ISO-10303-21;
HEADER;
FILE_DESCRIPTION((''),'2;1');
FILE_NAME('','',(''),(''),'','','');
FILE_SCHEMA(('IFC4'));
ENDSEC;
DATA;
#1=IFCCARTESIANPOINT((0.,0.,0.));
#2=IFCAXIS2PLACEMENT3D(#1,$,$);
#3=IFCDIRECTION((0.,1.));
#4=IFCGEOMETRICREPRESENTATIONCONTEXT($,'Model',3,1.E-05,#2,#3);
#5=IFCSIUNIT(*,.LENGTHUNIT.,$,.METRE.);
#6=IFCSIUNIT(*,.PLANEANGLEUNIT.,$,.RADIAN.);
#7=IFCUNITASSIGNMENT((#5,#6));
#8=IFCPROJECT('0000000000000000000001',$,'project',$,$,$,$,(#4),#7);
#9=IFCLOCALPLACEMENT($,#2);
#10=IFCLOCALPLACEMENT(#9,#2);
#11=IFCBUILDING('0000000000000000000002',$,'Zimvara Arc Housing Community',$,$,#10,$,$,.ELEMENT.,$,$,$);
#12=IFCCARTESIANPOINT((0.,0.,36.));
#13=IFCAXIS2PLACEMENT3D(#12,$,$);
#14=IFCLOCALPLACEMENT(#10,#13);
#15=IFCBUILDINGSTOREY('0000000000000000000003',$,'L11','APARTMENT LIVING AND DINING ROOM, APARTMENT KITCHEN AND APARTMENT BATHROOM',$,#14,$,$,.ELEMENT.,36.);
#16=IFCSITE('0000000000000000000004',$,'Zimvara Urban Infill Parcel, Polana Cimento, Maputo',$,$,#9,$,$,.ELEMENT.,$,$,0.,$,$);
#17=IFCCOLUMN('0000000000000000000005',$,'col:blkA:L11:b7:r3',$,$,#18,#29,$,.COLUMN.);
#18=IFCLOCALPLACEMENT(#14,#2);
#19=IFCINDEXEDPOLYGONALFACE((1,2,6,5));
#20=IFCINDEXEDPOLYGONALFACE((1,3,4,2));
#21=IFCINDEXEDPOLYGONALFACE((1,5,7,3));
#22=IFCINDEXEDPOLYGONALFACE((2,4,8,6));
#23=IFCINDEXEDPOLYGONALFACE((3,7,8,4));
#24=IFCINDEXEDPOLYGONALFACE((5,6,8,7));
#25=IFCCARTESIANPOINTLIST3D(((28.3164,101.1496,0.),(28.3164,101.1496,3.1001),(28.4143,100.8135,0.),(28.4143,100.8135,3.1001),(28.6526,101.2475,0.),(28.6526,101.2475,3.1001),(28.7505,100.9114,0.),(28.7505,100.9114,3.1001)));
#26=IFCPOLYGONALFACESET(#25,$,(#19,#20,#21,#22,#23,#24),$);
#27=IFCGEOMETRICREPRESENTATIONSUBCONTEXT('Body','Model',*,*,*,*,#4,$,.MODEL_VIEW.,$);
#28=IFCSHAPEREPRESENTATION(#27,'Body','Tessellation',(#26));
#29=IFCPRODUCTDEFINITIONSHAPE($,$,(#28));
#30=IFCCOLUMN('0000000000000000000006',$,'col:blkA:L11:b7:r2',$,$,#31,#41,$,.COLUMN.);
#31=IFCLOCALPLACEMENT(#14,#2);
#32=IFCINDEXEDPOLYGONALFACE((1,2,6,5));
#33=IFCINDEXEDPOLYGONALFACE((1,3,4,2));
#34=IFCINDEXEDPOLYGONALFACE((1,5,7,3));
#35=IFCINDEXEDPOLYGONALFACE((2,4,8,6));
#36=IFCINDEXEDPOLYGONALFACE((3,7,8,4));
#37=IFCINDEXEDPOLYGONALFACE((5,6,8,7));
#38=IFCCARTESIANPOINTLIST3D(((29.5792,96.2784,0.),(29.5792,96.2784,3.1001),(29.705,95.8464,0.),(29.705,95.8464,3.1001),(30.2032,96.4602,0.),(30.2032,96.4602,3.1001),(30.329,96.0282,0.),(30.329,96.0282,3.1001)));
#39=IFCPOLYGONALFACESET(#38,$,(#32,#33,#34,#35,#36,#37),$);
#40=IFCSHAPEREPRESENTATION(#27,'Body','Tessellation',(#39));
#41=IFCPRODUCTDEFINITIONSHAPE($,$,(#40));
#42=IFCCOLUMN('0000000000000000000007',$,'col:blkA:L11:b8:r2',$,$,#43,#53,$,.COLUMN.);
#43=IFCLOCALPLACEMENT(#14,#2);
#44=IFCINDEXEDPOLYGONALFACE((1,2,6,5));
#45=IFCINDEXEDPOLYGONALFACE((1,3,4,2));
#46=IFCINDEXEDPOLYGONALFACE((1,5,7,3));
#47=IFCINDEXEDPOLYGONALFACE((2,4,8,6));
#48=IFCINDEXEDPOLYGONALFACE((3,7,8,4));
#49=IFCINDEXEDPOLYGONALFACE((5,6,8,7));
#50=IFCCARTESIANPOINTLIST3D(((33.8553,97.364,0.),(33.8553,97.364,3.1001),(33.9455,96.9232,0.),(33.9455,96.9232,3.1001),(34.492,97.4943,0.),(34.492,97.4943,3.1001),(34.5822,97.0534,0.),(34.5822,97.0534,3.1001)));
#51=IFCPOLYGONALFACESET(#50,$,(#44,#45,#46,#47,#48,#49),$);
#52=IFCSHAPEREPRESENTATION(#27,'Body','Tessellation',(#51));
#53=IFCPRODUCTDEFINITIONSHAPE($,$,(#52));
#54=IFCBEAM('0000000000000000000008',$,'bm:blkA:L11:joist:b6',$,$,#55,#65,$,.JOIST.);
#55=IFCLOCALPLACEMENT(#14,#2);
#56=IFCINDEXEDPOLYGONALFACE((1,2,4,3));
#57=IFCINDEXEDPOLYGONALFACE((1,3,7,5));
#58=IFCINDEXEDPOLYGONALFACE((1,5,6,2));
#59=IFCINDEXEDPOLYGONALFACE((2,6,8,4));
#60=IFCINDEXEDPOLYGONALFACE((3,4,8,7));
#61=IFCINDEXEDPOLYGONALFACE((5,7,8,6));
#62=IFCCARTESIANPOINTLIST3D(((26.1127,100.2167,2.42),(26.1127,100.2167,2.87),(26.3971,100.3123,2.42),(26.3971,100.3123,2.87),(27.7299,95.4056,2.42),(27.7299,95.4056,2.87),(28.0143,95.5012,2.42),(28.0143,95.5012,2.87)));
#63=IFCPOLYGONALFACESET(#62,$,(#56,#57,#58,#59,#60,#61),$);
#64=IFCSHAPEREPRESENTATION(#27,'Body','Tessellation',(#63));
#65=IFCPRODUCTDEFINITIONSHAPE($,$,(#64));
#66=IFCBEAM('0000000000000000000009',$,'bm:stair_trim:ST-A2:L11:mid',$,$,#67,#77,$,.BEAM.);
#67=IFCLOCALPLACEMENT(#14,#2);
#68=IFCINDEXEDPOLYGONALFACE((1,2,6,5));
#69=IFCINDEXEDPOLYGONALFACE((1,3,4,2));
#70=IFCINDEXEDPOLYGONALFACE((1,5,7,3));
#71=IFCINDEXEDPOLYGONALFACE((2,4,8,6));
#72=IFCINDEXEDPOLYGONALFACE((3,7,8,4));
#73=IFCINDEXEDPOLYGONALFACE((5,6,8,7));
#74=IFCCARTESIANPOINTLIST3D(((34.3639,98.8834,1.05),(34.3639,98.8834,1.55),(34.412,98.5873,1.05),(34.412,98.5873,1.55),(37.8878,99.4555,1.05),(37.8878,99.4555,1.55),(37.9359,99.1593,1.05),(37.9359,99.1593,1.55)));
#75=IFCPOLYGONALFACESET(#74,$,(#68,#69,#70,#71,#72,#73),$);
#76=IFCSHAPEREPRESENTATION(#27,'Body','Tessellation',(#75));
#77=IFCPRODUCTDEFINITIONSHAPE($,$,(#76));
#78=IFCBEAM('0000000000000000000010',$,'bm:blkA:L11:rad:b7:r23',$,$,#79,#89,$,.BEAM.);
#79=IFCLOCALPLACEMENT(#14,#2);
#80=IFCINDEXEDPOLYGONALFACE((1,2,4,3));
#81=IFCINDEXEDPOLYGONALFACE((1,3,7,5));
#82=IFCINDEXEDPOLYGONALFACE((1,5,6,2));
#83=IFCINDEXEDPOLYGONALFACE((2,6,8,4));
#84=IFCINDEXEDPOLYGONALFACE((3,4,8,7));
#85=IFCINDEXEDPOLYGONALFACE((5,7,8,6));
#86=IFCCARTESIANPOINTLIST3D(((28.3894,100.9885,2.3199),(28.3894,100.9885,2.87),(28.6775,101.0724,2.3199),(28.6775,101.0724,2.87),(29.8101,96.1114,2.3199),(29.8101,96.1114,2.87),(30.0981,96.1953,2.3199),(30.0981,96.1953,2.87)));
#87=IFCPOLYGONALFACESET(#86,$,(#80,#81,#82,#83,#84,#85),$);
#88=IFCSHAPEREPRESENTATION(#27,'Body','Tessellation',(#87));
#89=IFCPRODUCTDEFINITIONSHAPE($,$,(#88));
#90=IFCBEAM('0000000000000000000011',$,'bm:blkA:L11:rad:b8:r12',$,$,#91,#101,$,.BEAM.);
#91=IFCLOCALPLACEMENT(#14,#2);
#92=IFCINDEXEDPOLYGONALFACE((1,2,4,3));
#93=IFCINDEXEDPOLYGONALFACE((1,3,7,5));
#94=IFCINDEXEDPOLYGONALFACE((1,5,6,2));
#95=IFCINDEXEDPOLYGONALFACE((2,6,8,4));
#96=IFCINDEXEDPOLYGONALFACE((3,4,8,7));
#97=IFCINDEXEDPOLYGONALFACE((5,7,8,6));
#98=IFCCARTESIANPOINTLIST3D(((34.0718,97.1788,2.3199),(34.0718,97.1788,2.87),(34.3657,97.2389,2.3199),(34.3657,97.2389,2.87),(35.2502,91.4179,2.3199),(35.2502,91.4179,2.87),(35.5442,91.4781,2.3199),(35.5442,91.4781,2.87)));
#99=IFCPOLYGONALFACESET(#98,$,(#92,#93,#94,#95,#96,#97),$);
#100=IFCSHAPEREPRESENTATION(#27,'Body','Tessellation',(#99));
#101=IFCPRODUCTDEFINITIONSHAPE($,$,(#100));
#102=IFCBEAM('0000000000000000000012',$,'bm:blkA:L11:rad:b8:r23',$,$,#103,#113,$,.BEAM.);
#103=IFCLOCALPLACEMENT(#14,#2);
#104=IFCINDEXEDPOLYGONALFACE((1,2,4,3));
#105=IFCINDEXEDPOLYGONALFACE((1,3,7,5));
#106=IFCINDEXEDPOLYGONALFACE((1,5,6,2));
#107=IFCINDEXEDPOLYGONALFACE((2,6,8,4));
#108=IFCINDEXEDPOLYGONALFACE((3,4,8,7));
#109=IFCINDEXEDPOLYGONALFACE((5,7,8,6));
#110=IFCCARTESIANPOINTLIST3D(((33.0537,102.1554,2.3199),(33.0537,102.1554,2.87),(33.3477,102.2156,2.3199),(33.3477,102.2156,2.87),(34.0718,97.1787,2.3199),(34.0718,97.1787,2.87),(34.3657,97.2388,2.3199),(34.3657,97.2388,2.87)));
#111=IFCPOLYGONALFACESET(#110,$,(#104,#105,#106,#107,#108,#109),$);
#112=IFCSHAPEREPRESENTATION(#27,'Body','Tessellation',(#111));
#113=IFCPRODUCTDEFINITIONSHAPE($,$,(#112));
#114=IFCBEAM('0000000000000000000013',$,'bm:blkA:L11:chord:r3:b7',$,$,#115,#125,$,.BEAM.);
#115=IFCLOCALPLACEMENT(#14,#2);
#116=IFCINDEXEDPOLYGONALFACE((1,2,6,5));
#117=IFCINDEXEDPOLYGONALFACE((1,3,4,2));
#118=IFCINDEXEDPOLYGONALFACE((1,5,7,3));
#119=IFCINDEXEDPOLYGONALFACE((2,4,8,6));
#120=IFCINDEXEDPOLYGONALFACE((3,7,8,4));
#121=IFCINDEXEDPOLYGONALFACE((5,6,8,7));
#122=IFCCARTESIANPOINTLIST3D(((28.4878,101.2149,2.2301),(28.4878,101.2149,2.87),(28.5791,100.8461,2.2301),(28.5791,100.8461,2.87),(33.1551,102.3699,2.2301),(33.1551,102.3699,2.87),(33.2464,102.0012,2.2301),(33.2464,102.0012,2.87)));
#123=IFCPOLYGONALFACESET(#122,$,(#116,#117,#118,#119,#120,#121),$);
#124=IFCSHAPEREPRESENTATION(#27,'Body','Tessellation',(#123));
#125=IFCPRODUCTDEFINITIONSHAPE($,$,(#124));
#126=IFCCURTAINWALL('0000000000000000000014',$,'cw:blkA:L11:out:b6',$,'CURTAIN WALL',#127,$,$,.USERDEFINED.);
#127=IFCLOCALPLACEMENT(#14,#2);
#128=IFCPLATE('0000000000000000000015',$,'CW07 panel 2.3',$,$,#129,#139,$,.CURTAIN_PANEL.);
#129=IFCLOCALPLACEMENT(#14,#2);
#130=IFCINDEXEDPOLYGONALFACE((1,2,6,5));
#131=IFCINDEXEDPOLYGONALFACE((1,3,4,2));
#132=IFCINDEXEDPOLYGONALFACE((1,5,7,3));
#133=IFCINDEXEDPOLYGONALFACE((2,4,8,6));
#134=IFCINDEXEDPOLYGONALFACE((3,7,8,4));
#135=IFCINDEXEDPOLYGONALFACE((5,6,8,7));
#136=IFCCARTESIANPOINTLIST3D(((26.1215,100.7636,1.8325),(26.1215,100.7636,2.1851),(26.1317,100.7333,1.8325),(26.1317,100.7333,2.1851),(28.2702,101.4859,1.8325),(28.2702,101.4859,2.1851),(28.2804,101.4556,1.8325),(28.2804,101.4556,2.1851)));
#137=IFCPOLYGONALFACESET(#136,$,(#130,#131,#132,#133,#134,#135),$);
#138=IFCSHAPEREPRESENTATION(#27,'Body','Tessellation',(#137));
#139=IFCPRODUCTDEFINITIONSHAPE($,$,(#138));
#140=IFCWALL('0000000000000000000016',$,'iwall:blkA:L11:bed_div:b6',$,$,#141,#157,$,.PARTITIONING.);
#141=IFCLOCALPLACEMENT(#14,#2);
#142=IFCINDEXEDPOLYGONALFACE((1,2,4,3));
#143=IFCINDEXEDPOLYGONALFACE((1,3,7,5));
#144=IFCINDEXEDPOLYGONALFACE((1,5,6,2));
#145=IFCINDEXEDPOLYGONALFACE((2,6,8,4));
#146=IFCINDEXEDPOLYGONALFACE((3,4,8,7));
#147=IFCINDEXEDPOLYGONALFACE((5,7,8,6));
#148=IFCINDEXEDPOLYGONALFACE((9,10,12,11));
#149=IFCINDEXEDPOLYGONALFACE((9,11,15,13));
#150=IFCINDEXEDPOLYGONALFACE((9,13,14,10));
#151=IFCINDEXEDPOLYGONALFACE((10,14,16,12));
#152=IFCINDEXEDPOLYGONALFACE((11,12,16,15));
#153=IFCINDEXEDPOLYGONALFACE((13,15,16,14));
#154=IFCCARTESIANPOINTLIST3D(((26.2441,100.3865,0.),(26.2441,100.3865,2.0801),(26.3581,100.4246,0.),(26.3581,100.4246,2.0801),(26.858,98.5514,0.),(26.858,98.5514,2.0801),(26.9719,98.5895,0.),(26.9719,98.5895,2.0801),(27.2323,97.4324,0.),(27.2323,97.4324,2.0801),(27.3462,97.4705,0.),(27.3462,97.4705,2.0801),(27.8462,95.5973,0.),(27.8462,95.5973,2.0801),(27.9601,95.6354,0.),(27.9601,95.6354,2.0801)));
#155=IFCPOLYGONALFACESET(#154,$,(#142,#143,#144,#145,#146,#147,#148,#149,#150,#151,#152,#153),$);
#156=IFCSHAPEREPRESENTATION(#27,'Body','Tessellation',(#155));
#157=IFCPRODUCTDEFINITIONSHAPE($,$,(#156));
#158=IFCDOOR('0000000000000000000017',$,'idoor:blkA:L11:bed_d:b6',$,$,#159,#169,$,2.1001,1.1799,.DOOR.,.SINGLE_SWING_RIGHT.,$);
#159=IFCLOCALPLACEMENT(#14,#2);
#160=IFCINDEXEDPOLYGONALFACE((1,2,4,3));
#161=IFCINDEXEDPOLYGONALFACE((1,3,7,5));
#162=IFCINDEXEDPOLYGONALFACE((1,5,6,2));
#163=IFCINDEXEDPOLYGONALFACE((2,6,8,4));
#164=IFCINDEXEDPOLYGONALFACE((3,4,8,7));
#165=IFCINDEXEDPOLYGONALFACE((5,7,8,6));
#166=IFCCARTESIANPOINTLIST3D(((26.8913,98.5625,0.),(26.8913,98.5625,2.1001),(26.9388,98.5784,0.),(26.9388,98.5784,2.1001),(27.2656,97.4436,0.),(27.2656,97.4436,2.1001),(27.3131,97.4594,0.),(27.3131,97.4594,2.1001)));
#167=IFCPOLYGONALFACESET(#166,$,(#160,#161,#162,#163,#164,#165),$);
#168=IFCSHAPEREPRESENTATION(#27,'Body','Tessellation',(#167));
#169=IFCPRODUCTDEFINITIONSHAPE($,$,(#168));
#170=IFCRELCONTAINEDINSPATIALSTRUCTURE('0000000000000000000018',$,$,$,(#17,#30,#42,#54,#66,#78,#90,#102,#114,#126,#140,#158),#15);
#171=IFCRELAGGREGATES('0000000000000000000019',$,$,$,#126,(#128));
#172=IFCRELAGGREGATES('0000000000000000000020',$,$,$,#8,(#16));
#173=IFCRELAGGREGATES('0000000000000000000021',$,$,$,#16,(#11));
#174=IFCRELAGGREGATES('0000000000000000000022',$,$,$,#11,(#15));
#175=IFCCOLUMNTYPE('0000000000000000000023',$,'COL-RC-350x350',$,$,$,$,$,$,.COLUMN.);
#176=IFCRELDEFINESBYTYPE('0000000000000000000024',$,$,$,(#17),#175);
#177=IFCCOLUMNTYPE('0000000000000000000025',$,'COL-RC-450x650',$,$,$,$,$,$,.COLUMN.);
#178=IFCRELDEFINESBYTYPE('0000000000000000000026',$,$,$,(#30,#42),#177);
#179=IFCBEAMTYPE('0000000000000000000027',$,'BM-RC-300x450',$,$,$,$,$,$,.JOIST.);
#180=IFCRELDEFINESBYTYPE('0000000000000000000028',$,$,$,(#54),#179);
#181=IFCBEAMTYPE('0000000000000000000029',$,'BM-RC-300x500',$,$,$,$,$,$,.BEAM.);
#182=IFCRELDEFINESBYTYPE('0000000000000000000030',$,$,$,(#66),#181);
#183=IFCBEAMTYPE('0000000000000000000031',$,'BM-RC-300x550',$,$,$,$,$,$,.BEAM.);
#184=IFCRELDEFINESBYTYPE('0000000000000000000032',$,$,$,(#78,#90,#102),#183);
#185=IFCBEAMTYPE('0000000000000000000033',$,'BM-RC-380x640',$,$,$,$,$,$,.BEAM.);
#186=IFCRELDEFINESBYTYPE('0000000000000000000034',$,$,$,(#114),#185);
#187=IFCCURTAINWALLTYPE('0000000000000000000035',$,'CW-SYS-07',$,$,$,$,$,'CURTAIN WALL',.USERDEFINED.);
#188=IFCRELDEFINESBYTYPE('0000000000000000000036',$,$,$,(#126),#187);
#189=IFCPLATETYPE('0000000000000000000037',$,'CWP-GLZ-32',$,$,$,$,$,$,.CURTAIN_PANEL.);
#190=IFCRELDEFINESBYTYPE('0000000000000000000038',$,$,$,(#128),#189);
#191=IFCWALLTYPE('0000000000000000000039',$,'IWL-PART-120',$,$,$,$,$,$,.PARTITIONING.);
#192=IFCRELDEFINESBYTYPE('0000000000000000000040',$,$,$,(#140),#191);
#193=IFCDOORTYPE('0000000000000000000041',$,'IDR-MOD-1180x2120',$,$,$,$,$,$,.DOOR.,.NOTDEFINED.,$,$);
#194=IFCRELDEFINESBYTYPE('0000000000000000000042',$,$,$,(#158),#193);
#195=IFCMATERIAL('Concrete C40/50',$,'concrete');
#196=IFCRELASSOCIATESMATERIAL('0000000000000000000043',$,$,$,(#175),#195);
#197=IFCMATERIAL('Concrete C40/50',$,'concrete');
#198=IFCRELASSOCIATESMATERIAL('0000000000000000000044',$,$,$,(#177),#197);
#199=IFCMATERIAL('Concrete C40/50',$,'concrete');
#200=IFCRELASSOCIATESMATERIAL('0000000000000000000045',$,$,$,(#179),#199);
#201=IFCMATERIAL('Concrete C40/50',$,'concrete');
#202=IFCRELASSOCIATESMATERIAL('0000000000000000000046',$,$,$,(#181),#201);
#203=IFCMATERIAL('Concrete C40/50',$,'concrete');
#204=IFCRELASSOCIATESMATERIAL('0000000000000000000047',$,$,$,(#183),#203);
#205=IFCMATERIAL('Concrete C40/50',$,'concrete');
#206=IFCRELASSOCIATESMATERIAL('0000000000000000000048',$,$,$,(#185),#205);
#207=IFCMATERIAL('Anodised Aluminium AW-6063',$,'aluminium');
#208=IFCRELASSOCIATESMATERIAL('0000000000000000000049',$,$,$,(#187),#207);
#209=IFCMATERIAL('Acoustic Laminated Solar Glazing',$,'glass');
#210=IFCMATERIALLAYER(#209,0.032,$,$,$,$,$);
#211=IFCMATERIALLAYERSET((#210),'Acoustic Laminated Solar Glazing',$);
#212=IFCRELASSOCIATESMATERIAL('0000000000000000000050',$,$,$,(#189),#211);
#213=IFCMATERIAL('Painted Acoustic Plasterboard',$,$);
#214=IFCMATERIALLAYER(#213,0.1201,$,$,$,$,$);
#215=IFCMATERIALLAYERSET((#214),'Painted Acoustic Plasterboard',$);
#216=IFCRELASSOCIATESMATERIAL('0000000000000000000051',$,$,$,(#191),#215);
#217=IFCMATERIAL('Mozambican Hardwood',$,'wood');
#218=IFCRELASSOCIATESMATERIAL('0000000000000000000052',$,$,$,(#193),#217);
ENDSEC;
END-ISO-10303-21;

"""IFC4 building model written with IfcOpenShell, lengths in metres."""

from ifc_helpers import new_model, si_unit, direction, frame, frame_2d, origin, origin_2d, place, context, subcontext, project, spatial, rectangle, extrude, material, layer, layer_set, material_profile, profile_set, type_object, element, fill, aggregate, save


model = new_model("IFC4")

# Units and contexts
model_context = context("Model", 3, precision=1e-05, world=origin(), true_north=direction((0.0, 1.0)))
body_context = subcontext(model_context, "Body", "Model", "MODEL_VIEW")
ifc_project = project(units=[si_unit("LENGTHUNIT", "METRE"), si_unit("PLANEANGLEUNIT", "RADIAN")], contexts=[model_context])

# Site, building, storey
site_placement = place(None, origin())
site = spatial("IfcSite", under=ifc_project, at=site_placement, Name="Zimvara Urban Infill Parcel, Polana Cimento, Maputo", CompositionType="ELEMENT", RefElevation=0.0)
building_placement = place(site_placement, origin())
building = spatial("IfcBuilding", under=site, at=building_placement, Name="Zimvara Arc Housing Community", CompositionType="ELEMENT")
storey_placement = place(building_placement, frame((0.0, 0.0, 36.0)))
storey = spatial("IfcBuildingStorey", under=building, at=storey_placement, Name="L11", Description="APARTMENT LIVING AND DINING ROOM, APARTMENT KITCHEN AND APARTMENT BATHROOM", CompositionType="ELEMENT", Elevation=36.0)

# Columns
ifc_material_1 = material(Name="Concrete C40/50", Category="concrete")
ifc_material_profile_1 = material_profile(ifc_material_1, rectangle(XDim=0.3501, YDim=0.3501, at=origin_2d()), Name="RC 350x350")
ifc_profile_set_1 = profile_set([ifc_material_profile_1], Name="Concrete C40/50")
column_type_1 = type_object("IfcColumnType", Name="COL-RC-350x350", PredefinedType="COLUMN", material=ifc_profile_set_1)
column_placement = place(storey_placement, frame((28.5334, 101.0305, 0.0), z_axis=(0.0, 0.0, 1.0), x_axis=(-0.279661, 0.960099, 0.0)))
element("IfcColumn", 1, at=column_placement, inside=storey, type_object=column_type_1, Name="col:blkA:L11:b7:r3", PredefinedType="COLUMN", context=body_context, shape_type="SweptSolid", body=[
    extrude(rectangle(XDim=0.3501, YDim=0.3501, at=origin_2d()), origin(), (0.0, 0.0, 1.0), 3.1001),
])
ifc_material_2 = material(Name="Concrete C40/50", Category="concrete")
ifc_material_profile_2 = material_profile(ifc_material_2, rectangle(XDim=0.45, YDim=0.6499, at=origin_2d()), Name="RC 450x650")
ifc_profile_set_2 = profile_set([ifc_material_profile_2], Name="Concrete C40/50")
column_type_2 = type_object("IfcColumnType", Name="COL-RC-450x650", PredefinedType="COLUMN", material=ifc_profile_set_2)
for number, where, z_axis, x_axis, name in (
    (2, (29.9541, 96.1533, 0.0), (0.0, 0.0, 1.0), (-0.279661, 0.960099, 0.0), "col:blkA:L11:b7:r2"),
    (3, (34.2188, 97.2087, 0.0), (0.0, 0.0, 1.0), (-0.200394, 0.979715, 0.0), "col:blkA:L11:b8:r2"),
):
    element("IfcColumn", number, at=place(storey_placement, frame(where, z_axis=z_axis, x_axis=x_axis)), inside=storey, type_object=column_type_2, Name=name, PredefinedType="COLUMN", context=body_context, shape_type="SweptSolid", body=[
        extrude(rectangle(XDim=0.45, YDim=0.6499, at=origin_2d()), origin(), (0.0, 0.0, 1.0), 3.1001),
    ])

# Beams
ifc_material_3 = material(Name="Concrete C40/50", Category="concrete")
ifc_material_profile_3 = material_profile(ifc_material_3, rectangle(XDim=0.3, YDim=0.45, at=origin_2d()), Name="RC 300x450")
ifc_profile_set_3 = profile_set([ifc_material_profile_3], Name="Concrete C40/50")
beam_type_1 = type_object("IfcBeamType", Name="BM-RC-300x450", PredefinedType="JOIST", material=ifc_profile_set_3)
beam_1_placement = place(storey_placement, frame((27.8721, 95.4534, 2.645), z_axis=(-0.318608, 0.947887, 0.0), x_axis=(-0.947887, -0.318608, 0.0)))
element("IfcBeam", 4, at=beam_1_placement, inside=storey, type_object=beam_type_1, Name="bm:blkA:L11:joist:b6", PredefinedType="JOIST", context=body_context, shape_type="SweptSolid", body=[
    extrude(rectangle(XDim=0.3, YDim=0.45, at=origin_2d()), origin(), (0.0, 0.0, 1.0), 5.0757),
])
ifc_material_4 = material(Name="Concrete C40/50", Category="concrete")
ifc_material_profile_4 = material_profile(ifc_material_4, rectangle(XDim=0.3, YDim=0.5, at=origin_2d()), Name="RC 300x500")
ifc_profile_set_4 = profile_set([ifc_material_profile_4], Name="Concrete C40/50")
beam_type_2 = type_object("IfcBeamType", Name="BM-RC-300x500", PredefinedType="BEAM", material=ifc_profile_set_4)
beam_2_placement = place(storey_placement, frame((37.9119, 99.3074, 1.3), z_axis=(-0.98708, -0.160228, 0.0), x_axis=(0.160228, -0.98708, 0.0)))
element("IfcBeam", 5, at=beam_2_placement, inside=storey, type_object=beam_type_2, Name="bm:stair_trim:ST-A2:L11:mid", PredefinedType="BEAM", context=body_context, shape_type="SweptSolid", body=[
    extrude(rectangle(XDim=0.3, YDim=0.5, at=origin_2d()), origin(), (0.0, 0.0, 1.0), 3.5701),
])
ifc_material_5 = material(Name="Concrete C40/50", Category="concrete")
ifc_material_profile_5 = material_profile(ifc_material_5, rectangle(XDim=0.3, YDim=0.55, at=origin_2d()), Name="RC 300x550")
ifc_profile_set_5 = profile_set([ifc_material_profile_5], Name="Concrete C40/50")
beam_type_3 = type_object("IfcBeamType", Name="BM-RC-300x550", PredefinedType="BEAM", material=ifc_profile_set_5)
beam_3_placement = place(storey_placement, frame((29.9541, 96.1533, 2.595), z_axis=(-0.279662, 0.960098, 0.0), x_axis=(-0.960098, -0.279662, 0.0)))
element("IfcBeam", 6, at=beam_3_placement, inside=storey, type_object=beam_type_3, Name="bm:blkA:L11:rad:b7:r23", PredefinedType="BEAM", context=body_context, shape_type="SweptSolid", body=[
    extrude(rectangle(XDim=0.3, YDim=0.55, at=origin_2d()), origin(), (0.0, 0.0, 1.0), 5.0798),
])
beam_4_placement = place(storey_placement, frame((35.3972, 91.448, 2.595), z_axis=(-0.200418, 0.97971, 0.0), x_axis=(-0.97971, -0.200418, 0.0)))
element("IfcBeam", 7, at=beam_4_placement, inside=storey, type_object=beam_type_3, Name="bm:blkA:L11:rad:b8:r12", PredefinedType="BEAM", context=body_context, shape_type="SweptSolid", body=[
    extrude(rectangle(XDim=0.3, YDim=0.55, at=origin_2d()), origin(), (0.0, 0.0, 1.0), 5.8801),
])
beam_5_placement = place(storey_placement, frame((34.2188, 97.2087, 2.595), z_axis=(-0.200412, 0.979712, 0.0), x_axis=(-0.979712, -0.200412, 0.0)))
element("IfcBeam", 8, at=beam_5_placement, inside=storey, type_object=beam_type_3, Name="bm:blkA:L11:rad:b8:r23", PredefinedType="BEAM", context=body_context, shape_type="SweptSolid", body=[
    extrude(rectangle(XDim=0.3, YDim=0.55, at=origin_2d()), origin(), (0.0, 0.0, 1.0), 5.0798),
])
ifc_material_6 = material(Name="Concrete C40/50", Category="concrete")
ifc_material_profile_6 = material_profile(ifc_material_6, rectangle(XDim=0.3799, YDim=0.6399, at=origin_2d()), Name="RC 380x640")
ifc_profile_set_6 = profile_set([ifc_material_profile_6], Name="Concrete C40/50")
beam_type_4 = type_object("IfcBeamType", Name="BM-RC-380x640", PredefinedType="BEAM", material=ifc_profile_set_6)
beam_6_placement = place(storey_placement, frame((28.5334, 101.0305, 2.55), z_axis=(0.970716, 0.240229, 0.0), x_axis=(-0.240229, 0.970716, 0.0)))
element("IfcBeam", 9, at=beam_6_placement, inside=storey, type_object=beam_type_4, Name="bm:blkA:L11:chord:r3:b7", PredefinedType="BEAM", context=body_context, shape_type="SweptSolid", body=[
    extrude(rectangle(XDim=0.3799, YDim=0.6399, at=origin_2d()), origin(), (0.0, 0.0, 1.0), 4.8081),
])

# Curtain wall, plate
ifc_material_7 = material(Name="Anodised Aluminium AW-6063", Category="aluminium")
curtain_wall_type = type_object("IfcCurtainWallType", Name="CW-SYS-07", ElementType="CURTAIN WALL", PredefinedType="USERDEFINED", material=ifc_material_7)
curtain_wall_placement = place(storey_placement, origin())
curtain_wall = element("IfcCurtainWall", 10, at=curtain_wall_placement, inside=storey, type_object=curtain_wall_type, Name="cw:blkA:L11:out:b6", ObjectType="CURTAIN WALL", PredefinedType="USERDEFINED")
ifc_material_8 = material(Name="Acoustic Laminated Solar Glazing", Category="glass")
ifc_layer_1 = layer(ifc_material_8, 0.032)
ifc_layer_set_1 = layer_set([ifc_layer_1], Name="Acoustic Laminated Solar Glazing")
plate_type = type_object("IfcPlateType", Name="CWP-GLZ-32", PredefinedType="CURTAIN_PANEL", material=ifc_layer_set_1)
plate_placement = place(storey_placement, frame((27.2009, 101.1096, 1.8325), z_axis=(0.0, 0.0, 1.0), x_axis=(0.94788, 0.318629, 0.0)))
plate = element("IfcPlate", 11, at=plate_placement, type_object=plate_type, Name="CW07 panel 2.3", PredefinedType="CURTAIN_PANEL", context=body_context, shape_type="SweptSolid", body=[
    extrude(rectangle(XDim=2.2668, YDim=0.032, at=origin_2d()), origin(), (0.0, 0.0, 1.0), 0.3525),
])
aggregate(curtain_wall, [plate])

# Wall, opening, door
ifc_material_9 = material(Name="Painted Acoustic Plasterboard")
ifc_layer_2 = layer(ifc_material_9, 0.1201)
ifc_layer_set_2 = layer_set([ifc_layer_2], Name="Painted Acoustic Plasterboard")
wall_type_1 = type_object("IfcWallType", Name="IWL-PART-120", PredefinedType="PARTITIONING", material=ifc_layer_set_2)
wall_1_placement = place(storey_placement, frame((27.9031, 95.6165, 0.0), z_axis=(0.0, 0.0, 1.0), x_axis=(-0.317228, 0.948349, 0.0)))
wall_1 = element("IfcWall", 12, at=wall_1_placement, inside=storey, type_object=wall_type_1, Name="iwall:blkA:L11:bed_div:b6", PredefinedType="PARTITIONING", context=body_context, shape_type="SweptSolid", body=[
    extrude(rectangle(XDim=5.05, YDim=0.1201, at=frame_2d((2.5249, 0.0))), origin(), (0.0, 0.0, 1.0), 2.0801),
])
opening_1_placement = place(wall_1_placement, frame((1.9351, 0.0, 0.0)))
opening_1 = element("IfcOpeningElement", 13, at=opening_1_placement, cuts=wall_1, PredefinedType="OPENING", context=body_context, shape_type="SweptSolid", body=[
    extrude(rectangle(XDim=1.1799, YDim=2.1001, at=frame_2d((0.5898, 1.05))), frame((0.0, 0.0701, 0.0), z_axis=(0.0, -1.0, 0.0), x_axis=(1.0, 0.0, 0.0)), (0.0, 0.0, 1.0), 0.1401),
])
ifc_material_10 = material(Name="Mozambican Hardwood", Category="wood")
door_type_1 = type_object("IfcDoorType", Name="IDR-MOD-1180x2120", OperationType="NOTDEFINED", PredefinedType="DOOR", material=ifc_material_10)
door_1_placement = place(opening_1_placement, origin())
door_1 = element("IfcDoor", 14, at=door_1_placement, inside=storey, type_object=door_type_1, Name="idoor:blkA:L11:bed_d:b6", OperationType="SINGLE_SWING_RIGHT", OverallHeight=2.1001, OverallWidth=1.1799, PredefinedType="DOOR", context=body_context, shape_type="SweptSolid", body=[
    extrude(rectangle(XDim=1.1799, YDim=2.1001, at=frame_2d((0.5898, 1.05))), frame((0.0, 0.0249, 0.0), z_axis=(0.0, -1.0, 0.0), x_axis=(1.0, 0.0, 0.0)), (0.0, 0.0, 1.0), 0.05),
])
fill(opening_1, door_1)

save(model, "model.ifc")
